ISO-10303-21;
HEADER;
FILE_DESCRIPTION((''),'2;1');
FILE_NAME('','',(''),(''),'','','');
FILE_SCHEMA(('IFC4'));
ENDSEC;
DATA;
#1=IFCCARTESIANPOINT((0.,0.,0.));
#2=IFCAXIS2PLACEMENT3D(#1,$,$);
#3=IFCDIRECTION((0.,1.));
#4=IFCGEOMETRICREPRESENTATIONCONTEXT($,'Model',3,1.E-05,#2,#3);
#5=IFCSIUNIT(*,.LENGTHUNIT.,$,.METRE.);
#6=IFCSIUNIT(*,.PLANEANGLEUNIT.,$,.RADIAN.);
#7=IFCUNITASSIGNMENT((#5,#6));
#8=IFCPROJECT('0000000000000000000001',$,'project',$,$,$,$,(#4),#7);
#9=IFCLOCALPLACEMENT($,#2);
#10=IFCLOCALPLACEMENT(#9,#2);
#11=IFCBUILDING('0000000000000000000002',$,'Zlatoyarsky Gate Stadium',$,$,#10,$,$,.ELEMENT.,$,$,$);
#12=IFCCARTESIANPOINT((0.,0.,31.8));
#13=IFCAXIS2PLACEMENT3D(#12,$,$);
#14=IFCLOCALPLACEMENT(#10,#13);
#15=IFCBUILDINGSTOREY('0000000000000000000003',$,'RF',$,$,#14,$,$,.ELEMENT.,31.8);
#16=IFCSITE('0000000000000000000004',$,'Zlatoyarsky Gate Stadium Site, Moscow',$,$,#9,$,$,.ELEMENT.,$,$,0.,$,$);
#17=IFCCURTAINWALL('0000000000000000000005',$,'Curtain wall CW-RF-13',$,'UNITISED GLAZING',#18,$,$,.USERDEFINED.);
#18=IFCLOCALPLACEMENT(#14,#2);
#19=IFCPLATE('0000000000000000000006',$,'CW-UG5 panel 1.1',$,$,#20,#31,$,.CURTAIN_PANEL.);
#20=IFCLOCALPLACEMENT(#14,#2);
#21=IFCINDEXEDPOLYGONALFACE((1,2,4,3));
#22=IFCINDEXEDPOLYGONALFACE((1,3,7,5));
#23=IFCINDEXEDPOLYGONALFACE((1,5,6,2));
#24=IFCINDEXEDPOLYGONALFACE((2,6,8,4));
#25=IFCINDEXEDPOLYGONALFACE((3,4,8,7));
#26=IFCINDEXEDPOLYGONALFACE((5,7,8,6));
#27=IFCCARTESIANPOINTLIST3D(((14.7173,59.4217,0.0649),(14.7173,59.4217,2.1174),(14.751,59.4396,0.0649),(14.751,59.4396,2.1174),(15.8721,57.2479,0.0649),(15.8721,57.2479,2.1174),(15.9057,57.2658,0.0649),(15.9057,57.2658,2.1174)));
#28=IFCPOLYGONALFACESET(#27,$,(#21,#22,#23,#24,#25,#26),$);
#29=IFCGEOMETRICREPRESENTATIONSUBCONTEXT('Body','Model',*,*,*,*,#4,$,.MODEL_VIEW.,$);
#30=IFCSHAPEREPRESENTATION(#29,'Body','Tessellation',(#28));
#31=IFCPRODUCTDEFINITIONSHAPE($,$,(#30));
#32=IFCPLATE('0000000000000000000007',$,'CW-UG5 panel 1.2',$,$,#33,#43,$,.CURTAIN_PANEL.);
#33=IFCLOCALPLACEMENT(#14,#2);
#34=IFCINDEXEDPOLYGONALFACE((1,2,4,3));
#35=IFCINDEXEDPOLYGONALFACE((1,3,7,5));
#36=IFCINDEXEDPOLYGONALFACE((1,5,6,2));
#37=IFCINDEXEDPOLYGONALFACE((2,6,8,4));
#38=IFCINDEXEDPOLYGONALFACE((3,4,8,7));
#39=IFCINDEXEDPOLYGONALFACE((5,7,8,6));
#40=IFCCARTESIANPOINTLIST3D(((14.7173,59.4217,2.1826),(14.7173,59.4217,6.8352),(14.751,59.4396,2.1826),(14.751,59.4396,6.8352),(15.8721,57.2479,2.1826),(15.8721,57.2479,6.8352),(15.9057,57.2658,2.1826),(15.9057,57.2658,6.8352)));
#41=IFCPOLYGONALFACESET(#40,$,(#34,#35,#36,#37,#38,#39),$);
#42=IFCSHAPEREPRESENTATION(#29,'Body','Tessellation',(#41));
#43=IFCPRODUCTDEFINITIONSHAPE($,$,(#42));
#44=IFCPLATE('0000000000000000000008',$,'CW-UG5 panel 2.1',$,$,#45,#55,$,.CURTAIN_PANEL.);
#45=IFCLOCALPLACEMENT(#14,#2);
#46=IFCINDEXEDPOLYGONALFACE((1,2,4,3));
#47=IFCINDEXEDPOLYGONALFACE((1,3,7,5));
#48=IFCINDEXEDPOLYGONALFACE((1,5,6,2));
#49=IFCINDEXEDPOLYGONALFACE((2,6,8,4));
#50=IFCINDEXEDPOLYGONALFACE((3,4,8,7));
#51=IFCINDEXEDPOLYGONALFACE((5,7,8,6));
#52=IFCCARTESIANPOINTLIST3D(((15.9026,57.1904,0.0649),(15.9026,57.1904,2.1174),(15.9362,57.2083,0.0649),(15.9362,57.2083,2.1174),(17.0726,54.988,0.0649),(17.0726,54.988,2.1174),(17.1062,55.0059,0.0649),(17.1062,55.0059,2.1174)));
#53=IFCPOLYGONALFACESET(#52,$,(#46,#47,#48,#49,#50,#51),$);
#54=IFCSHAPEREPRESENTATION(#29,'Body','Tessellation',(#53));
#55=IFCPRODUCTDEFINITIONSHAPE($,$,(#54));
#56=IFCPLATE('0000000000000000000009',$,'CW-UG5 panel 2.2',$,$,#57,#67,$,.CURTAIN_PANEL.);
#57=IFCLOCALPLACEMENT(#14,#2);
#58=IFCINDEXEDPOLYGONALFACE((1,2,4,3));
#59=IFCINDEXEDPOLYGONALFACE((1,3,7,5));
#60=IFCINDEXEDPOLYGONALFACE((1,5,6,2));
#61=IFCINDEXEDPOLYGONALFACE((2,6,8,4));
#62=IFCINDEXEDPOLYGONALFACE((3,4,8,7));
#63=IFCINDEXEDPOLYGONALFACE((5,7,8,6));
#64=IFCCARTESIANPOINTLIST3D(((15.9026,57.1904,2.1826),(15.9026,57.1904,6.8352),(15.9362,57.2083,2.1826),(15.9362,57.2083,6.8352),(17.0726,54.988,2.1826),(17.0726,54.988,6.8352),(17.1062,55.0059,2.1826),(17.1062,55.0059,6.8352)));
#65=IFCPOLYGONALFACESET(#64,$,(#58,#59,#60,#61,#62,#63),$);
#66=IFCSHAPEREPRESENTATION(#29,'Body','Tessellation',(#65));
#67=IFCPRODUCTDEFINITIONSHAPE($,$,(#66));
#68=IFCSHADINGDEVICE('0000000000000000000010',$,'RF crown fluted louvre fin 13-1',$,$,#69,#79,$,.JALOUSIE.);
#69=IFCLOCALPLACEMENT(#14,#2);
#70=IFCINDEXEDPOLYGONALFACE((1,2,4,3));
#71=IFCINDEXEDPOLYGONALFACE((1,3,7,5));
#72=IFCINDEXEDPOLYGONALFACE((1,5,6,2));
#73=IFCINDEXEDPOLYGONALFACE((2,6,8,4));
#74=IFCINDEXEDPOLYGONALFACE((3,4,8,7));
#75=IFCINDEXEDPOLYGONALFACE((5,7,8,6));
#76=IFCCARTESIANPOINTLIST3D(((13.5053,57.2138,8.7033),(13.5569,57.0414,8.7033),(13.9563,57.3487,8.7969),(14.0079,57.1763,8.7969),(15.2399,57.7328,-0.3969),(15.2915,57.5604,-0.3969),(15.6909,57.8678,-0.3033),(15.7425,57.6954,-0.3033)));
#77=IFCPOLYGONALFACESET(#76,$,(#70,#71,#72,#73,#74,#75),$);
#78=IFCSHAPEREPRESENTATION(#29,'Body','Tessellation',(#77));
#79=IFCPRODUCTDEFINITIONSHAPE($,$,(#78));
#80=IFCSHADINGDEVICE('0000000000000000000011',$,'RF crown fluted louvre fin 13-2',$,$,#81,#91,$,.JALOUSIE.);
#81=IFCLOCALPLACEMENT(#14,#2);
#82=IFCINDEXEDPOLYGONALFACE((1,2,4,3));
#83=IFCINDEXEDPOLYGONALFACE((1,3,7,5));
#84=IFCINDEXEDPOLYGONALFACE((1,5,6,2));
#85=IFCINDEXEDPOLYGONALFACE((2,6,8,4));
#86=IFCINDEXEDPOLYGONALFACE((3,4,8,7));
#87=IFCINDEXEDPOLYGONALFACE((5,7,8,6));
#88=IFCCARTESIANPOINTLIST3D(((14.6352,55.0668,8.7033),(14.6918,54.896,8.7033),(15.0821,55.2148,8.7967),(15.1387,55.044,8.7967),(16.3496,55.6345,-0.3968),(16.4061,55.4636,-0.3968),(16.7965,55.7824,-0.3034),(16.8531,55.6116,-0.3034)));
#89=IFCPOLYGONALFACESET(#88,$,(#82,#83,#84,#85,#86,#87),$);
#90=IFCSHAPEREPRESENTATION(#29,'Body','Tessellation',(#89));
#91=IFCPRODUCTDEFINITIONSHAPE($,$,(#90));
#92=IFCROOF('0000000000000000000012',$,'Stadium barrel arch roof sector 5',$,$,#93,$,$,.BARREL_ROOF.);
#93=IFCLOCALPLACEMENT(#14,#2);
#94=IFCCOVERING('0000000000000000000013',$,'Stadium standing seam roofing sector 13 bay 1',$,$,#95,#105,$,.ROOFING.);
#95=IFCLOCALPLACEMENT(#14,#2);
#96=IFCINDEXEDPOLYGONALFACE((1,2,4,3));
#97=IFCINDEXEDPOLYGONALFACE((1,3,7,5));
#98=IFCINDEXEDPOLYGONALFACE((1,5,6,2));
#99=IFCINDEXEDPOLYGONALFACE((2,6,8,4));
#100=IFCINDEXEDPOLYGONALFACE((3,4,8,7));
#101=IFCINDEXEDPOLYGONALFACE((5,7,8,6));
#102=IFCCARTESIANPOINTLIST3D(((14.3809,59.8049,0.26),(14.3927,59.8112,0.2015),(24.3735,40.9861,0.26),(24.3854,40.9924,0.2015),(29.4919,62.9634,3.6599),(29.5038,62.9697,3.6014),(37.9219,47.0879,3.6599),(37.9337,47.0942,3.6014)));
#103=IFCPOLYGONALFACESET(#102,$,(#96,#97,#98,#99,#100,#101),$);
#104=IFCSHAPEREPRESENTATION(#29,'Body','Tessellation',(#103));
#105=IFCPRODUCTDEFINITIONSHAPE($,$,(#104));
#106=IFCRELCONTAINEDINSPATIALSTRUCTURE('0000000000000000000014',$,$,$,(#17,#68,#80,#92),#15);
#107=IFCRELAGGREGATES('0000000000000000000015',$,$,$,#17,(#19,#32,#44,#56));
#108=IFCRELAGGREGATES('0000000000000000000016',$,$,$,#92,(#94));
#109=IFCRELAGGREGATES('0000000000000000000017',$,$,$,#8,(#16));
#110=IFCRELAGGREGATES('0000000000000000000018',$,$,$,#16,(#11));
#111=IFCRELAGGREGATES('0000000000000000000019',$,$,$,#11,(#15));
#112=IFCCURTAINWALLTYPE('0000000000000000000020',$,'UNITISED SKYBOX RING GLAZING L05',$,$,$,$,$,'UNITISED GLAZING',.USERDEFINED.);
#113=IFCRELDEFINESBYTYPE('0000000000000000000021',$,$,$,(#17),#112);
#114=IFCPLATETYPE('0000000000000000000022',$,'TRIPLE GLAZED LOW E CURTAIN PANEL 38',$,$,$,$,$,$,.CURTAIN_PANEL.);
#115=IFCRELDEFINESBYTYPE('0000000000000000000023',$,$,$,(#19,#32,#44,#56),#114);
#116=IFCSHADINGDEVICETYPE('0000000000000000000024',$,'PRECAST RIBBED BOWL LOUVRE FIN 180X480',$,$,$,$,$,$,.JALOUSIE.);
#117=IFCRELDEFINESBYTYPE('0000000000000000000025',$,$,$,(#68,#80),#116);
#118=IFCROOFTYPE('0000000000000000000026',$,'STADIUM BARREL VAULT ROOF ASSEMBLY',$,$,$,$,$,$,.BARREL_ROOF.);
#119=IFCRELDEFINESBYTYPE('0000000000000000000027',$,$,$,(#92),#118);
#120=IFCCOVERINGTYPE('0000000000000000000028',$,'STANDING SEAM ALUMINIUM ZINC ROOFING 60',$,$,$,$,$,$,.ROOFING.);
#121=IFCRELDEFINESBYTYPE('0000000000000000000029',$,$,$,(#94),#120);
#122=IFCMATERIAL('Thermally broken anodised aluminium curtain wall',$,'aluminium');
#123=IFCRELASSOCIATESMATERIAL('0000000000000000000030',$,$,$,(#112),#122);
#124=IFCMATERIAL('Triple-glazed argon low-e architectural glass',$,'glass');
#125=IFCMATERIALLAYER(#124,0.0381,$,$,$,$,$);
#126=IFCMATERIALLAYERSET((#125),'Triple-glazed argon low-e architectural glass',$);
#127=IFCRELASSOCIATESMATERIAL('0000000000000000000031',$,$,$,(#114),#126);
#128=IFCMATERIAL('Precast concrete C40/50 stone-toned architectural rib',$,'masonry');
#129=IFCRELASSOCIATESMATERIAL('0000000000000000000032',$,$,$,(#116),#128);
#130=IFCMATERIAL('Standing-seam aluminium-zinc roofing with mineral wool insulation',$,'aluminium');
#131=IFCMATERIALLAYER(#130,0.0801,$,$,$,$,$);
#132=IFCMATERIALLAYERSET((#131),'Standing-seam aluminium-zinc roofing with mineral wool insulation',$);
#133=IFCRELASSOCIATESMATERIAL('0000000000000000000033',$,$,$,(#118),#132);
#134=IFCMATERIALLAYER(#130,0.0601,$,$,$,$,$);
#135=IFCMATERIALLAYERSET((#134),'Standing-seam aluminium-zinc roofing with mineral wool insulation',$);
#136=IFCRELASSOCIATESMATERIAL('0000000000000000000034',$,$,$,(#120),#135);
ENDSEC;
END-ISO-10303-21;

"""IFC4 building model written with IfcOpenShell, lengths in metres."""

from ifc_helpers import new_model, si_unit, direction, frame, origin, origin_2d, place, context, subcontext, project, spatial, polyline, rectangle, outline, extrude, material, layer, layer_set, material_profile, profile_set, type_object, element, aggregate, save


model = new_model("IFC4")

# Units and contexts
model_context = context("Model", 3, precision=1e-05, world=origin(), true_north=direction((0.0, 1.0)))
body_context = subcontext(model_context, "Body", "Model", "MODEL_VIEW")
ifc_project = project(units=[si_unit("LENGTHUNIT", "METRE"), si_unit("PLANEANGLEUNIT", "RADIAN")], contexts=[model_context])

# Site, building, storey
site_placement = place(None, origin())
site = spatial("IfcSite", under=ifc_project, at=site_placement, Name="Zlatoyarsky Gate Stadium Site, Moscow", CompositionType="ELEMENT", RefElevation=0.0)
building_placement = place(site_placement, origin())
building = spatial("IfcBuilding", under=site, at=building_placement, Name="Zlatoyarsky Gate Stadium", CompositionType="ELEMENT")
storey_placement = place(building_placement, frame((0.0, 0.0, 31.8)))
storey = spatial("IfcBuildingStorey", under=building, at=storey_placement, Name="RF", CompositionType="ELEMENT", Elevation=31.8)

# Shared definitions
ifc_material_1 = material(Name="Thermally broken anodised aluminium curtain wall", Category="aluminium")

# Curtain wall
curtain_wall_type_1 = type_object("IfcCurtainWallType", Name="UNITISED SKYBOX RING GLAZING L05", ElementType="UNITISED GLAZING", PredefinedType="USERDEFINED", material=ifc_material_1)
curtain_wall_1_placement = place(storey_placement, origin())
curtain_wall_1 = element("IfcCurtainWall", 1, at=curtain_wall_1_placement, inside=storey, type_object=curtain_wall_type_1, Name="Curtain wall CW-RF-13", ObjectType="UNITISED GLAZING", PredefinedType="USERDEFINED")

# Plates
ifc_material_2 = material(Name="Triple-glazed argon low-e architectural glass", Category="glass")
ifc_layer_1 = layer(ifc_material_2, 0.0381)
ifc_layer_set_1 = layer_set([ifc_layer_1], Name="Triple-glazed argon low-e architectural glass")
plate_type_1 = type_object("IfcPlateType", Name="TRIPLE GLAZED LOW E CURTAIN PANEL 38", PredefinedType="CURTAIN_PANEL", material=ifc_layer_set_1)
plate_1_placement = place(storey_placement, frame((15.3115, 58.3438, 0.0649), z_axis=(0.0, 0.0, 1.0), x_axis=(0.469127, -0.883131, 0.0)))
plate_1 = element("IfcPlate", 2, at=plate_1_placement, type_object=plate_type_1, Name="CW-UG5 panel 1.1", PredefinedType="CURTAIN_PANEL", context=body_context, shape_type="SweptSolid", body=[
    extrude(rectangle(XDim=2.4614, YDim=0.0381, at=origin_2d()), origin(), (0.0, 0.0, 1.0), 2.0525),
])
plate_2_placement = place(storey_placement, frame((15.3115, 58.3438, 2.1826), z_axis=(0.0, 0.0, 1.0), x_axis=(0.469127, -0.883131, 0.0)))
plate_2 = element("IfcPlate", 3, at=plate_2_placement, type_object=plate_type_1, Name="CW-UG5 panel 1.2", PredefinedType="CURTAIN_PANEL", context=body_context, shape_type="SweptSolid", body=[
    extrude(rectangle(XDim=2.4614, YDim=0.0381, at=origin_2d()), origin(), (0.0, 0.0, 1.0), 4.6526),
])
plate_3_placement = place(storey_placement, frame((16.5044, 56.0981, 0.0649), z_axis=(0.0, 0.0, 1.0), x_axis=(0.469127, -0.883131, 0.0)))
plate_3 = element("IfcPlate", 4, at=plate_3_placement, type_object=plate_type_1, Name="CW-UG5 panel 2.1", PredefinedType="CURTAIN_PANEL", context=body_context, shape_type="SweptSolid", body=[
    extrude(rectangle(XDim=2.4939, YDim=0.0381, at=origin_2d()), origin(), (0.0, 0.0, 1.0), 2.0525),
])
plate_4_placement = place(storey_placement, frame((16.5044, 56.0981, 2.1826), z_axis=(0.0, 0.0, 1.0), x_axis=(0.469127, -0.883131, 0.0)))
plate_4 = element("IfcPlate", 5, at=plate_4_placement, type_object=plate_type_1, Name="CW-UG5 panel 2.2", PredefinedType="CURTAIN_PANEL", context=body_context, shape_type="SweptSolid", body=[
    extrude(rectangle(XDim=2.4939, YDim=0.0381, at=origin_2d()), origin(), (0.0, 0.0, 1.0), 4.6526),
])
aggregate(curtain_wall_1, [plate_1, plate_2, plate_3, plate_4])

# Shading devices
ifc_material_3 = material(Name="Precast concrete C40/50 stone-toned architectural rib", Category="masonry")
ifc_material_profile_1 = material_profile(ifc_material_3, rectangle(XDim=0.1799, YDim=0.48, at=origin_2d()), Name="RIB 180X480")
ifc_profile_set_1 = profile_set([ifc_material_profile_1], Name="Precast concrete C40/50 stone-toned architectural rib")
shading_device_type = type_object("IfcShadingDeviceType", Name="PRECAST RIBBED BOWL LOUVRE FIN 180X480", PredefinedType="JALOUSIE", material=ifc_profile_set_1)
shading_device_1_placement = place(storey_placement, frame((15.4912, 57.7141, -0.3501), z_axis=(-0.186951, -0.055941, 0.980775), x_axis=(0.286667, -0.95803, 0.0)))
element("IfcShadingDevice", 6, at=shading_device_1_placement, inside=storey, type_object=shading_device_type, Name="RF crown fluted louvre fin 13-1", PredefinedType="JALOUSIE", context=body_context, shape_type="SweptSolid", body=[
    extrude(rectangle(XDim=0.1799, YDim=0.48, at=origin_2d()), origin(), (0.0, 0.0, 1.0), 9.2786),
])
shading_device_2_placement = place(storey_placement, frame((16.6013, 55.623, -0.3501), z_axis=(-0.184785, -0.061183, 0.980873), x_axis=(0.314321, -0.949317, 0.0)))
element("IfcShadingDevice", 7, at=shading_device_2_placement, inside=storey, type_object=shading_device_type, Name="RF crown fluted louvre fin 13-2", PredefinedType="JALOUSIE", context=body_context, shape_type="SweptSolid", body=[
    extrude(rectangle(XDim=0.1799, YDim=0.48, at=origin_2d()), origin(), (0.0, 0.0, 1.0), 9.2776),
])

# Roof, covering
ifc_material_4 = material(Name="Standing-seam aluminium-zinc roofing with mineral wool insulation", Category="aluminium")
ifc_layer_2 = layer(ifc_material_4, 0.0801)
ifc_layer_set_2 = layer_set([ifc_layer_2], Name="Standing-seam aluminium-zinc roofing with mineral wool insulation")
roof_type = type_object("IfcRoofType", Name="STADIUM BARREL VAULT ROOF ASSEMBLY", PredefinedType="BARREL_ROOF", material=ifc_layer_set_2)
roof_placement = place(storey_placement, origin())
roof = element("IfcRoof", 8, at=roof_placement, inside=storey, type_object=roof_type, Name="Stadium barrel arch roof sector 5", PredefinedType="BARREL_ROOF")
ifc_layer_3 = layer(ifc_material_4, 0.0601)
ifc_layer_set_3 = layer_set([ifc_layer_3], Name="Standing-seam aluminium-zinc roofing with mineral wool insulation")
covering_type = type_object("IfcCoveringType", Name="STANDING SEAM ALUMINIUM ZINC ROOFING 60", PredefinedType="ROOFING", material=ifc_layer_set_3)
covering_placement = place(storey_placement, frame((14.3809, 59.8049, 0.26), z_axis=(-0.197394, -0.104815, 0.974705), x_axis=(0.468978, -0.88321, -0.000001)))
covering = element("IfcCovering", 9, at=covering_placement, type_object=covering_type, Name="Stadium standing seam roofing sector 13 bay 1", PredefinedType="ROOFING", context=body_context, shape_type="SweptSolid", body=[
    extrude(outline(polyline([(0.0, 0.0), (21.3073, 0.0), (22.272, 15.2124), (4.2972, 15.2123), (0.0, 0.0)])), origin(), (0.0, 0.0, -1.0), 0.0601),
])
aggregate(roof, [covering])

save(model, "model.ifc")
